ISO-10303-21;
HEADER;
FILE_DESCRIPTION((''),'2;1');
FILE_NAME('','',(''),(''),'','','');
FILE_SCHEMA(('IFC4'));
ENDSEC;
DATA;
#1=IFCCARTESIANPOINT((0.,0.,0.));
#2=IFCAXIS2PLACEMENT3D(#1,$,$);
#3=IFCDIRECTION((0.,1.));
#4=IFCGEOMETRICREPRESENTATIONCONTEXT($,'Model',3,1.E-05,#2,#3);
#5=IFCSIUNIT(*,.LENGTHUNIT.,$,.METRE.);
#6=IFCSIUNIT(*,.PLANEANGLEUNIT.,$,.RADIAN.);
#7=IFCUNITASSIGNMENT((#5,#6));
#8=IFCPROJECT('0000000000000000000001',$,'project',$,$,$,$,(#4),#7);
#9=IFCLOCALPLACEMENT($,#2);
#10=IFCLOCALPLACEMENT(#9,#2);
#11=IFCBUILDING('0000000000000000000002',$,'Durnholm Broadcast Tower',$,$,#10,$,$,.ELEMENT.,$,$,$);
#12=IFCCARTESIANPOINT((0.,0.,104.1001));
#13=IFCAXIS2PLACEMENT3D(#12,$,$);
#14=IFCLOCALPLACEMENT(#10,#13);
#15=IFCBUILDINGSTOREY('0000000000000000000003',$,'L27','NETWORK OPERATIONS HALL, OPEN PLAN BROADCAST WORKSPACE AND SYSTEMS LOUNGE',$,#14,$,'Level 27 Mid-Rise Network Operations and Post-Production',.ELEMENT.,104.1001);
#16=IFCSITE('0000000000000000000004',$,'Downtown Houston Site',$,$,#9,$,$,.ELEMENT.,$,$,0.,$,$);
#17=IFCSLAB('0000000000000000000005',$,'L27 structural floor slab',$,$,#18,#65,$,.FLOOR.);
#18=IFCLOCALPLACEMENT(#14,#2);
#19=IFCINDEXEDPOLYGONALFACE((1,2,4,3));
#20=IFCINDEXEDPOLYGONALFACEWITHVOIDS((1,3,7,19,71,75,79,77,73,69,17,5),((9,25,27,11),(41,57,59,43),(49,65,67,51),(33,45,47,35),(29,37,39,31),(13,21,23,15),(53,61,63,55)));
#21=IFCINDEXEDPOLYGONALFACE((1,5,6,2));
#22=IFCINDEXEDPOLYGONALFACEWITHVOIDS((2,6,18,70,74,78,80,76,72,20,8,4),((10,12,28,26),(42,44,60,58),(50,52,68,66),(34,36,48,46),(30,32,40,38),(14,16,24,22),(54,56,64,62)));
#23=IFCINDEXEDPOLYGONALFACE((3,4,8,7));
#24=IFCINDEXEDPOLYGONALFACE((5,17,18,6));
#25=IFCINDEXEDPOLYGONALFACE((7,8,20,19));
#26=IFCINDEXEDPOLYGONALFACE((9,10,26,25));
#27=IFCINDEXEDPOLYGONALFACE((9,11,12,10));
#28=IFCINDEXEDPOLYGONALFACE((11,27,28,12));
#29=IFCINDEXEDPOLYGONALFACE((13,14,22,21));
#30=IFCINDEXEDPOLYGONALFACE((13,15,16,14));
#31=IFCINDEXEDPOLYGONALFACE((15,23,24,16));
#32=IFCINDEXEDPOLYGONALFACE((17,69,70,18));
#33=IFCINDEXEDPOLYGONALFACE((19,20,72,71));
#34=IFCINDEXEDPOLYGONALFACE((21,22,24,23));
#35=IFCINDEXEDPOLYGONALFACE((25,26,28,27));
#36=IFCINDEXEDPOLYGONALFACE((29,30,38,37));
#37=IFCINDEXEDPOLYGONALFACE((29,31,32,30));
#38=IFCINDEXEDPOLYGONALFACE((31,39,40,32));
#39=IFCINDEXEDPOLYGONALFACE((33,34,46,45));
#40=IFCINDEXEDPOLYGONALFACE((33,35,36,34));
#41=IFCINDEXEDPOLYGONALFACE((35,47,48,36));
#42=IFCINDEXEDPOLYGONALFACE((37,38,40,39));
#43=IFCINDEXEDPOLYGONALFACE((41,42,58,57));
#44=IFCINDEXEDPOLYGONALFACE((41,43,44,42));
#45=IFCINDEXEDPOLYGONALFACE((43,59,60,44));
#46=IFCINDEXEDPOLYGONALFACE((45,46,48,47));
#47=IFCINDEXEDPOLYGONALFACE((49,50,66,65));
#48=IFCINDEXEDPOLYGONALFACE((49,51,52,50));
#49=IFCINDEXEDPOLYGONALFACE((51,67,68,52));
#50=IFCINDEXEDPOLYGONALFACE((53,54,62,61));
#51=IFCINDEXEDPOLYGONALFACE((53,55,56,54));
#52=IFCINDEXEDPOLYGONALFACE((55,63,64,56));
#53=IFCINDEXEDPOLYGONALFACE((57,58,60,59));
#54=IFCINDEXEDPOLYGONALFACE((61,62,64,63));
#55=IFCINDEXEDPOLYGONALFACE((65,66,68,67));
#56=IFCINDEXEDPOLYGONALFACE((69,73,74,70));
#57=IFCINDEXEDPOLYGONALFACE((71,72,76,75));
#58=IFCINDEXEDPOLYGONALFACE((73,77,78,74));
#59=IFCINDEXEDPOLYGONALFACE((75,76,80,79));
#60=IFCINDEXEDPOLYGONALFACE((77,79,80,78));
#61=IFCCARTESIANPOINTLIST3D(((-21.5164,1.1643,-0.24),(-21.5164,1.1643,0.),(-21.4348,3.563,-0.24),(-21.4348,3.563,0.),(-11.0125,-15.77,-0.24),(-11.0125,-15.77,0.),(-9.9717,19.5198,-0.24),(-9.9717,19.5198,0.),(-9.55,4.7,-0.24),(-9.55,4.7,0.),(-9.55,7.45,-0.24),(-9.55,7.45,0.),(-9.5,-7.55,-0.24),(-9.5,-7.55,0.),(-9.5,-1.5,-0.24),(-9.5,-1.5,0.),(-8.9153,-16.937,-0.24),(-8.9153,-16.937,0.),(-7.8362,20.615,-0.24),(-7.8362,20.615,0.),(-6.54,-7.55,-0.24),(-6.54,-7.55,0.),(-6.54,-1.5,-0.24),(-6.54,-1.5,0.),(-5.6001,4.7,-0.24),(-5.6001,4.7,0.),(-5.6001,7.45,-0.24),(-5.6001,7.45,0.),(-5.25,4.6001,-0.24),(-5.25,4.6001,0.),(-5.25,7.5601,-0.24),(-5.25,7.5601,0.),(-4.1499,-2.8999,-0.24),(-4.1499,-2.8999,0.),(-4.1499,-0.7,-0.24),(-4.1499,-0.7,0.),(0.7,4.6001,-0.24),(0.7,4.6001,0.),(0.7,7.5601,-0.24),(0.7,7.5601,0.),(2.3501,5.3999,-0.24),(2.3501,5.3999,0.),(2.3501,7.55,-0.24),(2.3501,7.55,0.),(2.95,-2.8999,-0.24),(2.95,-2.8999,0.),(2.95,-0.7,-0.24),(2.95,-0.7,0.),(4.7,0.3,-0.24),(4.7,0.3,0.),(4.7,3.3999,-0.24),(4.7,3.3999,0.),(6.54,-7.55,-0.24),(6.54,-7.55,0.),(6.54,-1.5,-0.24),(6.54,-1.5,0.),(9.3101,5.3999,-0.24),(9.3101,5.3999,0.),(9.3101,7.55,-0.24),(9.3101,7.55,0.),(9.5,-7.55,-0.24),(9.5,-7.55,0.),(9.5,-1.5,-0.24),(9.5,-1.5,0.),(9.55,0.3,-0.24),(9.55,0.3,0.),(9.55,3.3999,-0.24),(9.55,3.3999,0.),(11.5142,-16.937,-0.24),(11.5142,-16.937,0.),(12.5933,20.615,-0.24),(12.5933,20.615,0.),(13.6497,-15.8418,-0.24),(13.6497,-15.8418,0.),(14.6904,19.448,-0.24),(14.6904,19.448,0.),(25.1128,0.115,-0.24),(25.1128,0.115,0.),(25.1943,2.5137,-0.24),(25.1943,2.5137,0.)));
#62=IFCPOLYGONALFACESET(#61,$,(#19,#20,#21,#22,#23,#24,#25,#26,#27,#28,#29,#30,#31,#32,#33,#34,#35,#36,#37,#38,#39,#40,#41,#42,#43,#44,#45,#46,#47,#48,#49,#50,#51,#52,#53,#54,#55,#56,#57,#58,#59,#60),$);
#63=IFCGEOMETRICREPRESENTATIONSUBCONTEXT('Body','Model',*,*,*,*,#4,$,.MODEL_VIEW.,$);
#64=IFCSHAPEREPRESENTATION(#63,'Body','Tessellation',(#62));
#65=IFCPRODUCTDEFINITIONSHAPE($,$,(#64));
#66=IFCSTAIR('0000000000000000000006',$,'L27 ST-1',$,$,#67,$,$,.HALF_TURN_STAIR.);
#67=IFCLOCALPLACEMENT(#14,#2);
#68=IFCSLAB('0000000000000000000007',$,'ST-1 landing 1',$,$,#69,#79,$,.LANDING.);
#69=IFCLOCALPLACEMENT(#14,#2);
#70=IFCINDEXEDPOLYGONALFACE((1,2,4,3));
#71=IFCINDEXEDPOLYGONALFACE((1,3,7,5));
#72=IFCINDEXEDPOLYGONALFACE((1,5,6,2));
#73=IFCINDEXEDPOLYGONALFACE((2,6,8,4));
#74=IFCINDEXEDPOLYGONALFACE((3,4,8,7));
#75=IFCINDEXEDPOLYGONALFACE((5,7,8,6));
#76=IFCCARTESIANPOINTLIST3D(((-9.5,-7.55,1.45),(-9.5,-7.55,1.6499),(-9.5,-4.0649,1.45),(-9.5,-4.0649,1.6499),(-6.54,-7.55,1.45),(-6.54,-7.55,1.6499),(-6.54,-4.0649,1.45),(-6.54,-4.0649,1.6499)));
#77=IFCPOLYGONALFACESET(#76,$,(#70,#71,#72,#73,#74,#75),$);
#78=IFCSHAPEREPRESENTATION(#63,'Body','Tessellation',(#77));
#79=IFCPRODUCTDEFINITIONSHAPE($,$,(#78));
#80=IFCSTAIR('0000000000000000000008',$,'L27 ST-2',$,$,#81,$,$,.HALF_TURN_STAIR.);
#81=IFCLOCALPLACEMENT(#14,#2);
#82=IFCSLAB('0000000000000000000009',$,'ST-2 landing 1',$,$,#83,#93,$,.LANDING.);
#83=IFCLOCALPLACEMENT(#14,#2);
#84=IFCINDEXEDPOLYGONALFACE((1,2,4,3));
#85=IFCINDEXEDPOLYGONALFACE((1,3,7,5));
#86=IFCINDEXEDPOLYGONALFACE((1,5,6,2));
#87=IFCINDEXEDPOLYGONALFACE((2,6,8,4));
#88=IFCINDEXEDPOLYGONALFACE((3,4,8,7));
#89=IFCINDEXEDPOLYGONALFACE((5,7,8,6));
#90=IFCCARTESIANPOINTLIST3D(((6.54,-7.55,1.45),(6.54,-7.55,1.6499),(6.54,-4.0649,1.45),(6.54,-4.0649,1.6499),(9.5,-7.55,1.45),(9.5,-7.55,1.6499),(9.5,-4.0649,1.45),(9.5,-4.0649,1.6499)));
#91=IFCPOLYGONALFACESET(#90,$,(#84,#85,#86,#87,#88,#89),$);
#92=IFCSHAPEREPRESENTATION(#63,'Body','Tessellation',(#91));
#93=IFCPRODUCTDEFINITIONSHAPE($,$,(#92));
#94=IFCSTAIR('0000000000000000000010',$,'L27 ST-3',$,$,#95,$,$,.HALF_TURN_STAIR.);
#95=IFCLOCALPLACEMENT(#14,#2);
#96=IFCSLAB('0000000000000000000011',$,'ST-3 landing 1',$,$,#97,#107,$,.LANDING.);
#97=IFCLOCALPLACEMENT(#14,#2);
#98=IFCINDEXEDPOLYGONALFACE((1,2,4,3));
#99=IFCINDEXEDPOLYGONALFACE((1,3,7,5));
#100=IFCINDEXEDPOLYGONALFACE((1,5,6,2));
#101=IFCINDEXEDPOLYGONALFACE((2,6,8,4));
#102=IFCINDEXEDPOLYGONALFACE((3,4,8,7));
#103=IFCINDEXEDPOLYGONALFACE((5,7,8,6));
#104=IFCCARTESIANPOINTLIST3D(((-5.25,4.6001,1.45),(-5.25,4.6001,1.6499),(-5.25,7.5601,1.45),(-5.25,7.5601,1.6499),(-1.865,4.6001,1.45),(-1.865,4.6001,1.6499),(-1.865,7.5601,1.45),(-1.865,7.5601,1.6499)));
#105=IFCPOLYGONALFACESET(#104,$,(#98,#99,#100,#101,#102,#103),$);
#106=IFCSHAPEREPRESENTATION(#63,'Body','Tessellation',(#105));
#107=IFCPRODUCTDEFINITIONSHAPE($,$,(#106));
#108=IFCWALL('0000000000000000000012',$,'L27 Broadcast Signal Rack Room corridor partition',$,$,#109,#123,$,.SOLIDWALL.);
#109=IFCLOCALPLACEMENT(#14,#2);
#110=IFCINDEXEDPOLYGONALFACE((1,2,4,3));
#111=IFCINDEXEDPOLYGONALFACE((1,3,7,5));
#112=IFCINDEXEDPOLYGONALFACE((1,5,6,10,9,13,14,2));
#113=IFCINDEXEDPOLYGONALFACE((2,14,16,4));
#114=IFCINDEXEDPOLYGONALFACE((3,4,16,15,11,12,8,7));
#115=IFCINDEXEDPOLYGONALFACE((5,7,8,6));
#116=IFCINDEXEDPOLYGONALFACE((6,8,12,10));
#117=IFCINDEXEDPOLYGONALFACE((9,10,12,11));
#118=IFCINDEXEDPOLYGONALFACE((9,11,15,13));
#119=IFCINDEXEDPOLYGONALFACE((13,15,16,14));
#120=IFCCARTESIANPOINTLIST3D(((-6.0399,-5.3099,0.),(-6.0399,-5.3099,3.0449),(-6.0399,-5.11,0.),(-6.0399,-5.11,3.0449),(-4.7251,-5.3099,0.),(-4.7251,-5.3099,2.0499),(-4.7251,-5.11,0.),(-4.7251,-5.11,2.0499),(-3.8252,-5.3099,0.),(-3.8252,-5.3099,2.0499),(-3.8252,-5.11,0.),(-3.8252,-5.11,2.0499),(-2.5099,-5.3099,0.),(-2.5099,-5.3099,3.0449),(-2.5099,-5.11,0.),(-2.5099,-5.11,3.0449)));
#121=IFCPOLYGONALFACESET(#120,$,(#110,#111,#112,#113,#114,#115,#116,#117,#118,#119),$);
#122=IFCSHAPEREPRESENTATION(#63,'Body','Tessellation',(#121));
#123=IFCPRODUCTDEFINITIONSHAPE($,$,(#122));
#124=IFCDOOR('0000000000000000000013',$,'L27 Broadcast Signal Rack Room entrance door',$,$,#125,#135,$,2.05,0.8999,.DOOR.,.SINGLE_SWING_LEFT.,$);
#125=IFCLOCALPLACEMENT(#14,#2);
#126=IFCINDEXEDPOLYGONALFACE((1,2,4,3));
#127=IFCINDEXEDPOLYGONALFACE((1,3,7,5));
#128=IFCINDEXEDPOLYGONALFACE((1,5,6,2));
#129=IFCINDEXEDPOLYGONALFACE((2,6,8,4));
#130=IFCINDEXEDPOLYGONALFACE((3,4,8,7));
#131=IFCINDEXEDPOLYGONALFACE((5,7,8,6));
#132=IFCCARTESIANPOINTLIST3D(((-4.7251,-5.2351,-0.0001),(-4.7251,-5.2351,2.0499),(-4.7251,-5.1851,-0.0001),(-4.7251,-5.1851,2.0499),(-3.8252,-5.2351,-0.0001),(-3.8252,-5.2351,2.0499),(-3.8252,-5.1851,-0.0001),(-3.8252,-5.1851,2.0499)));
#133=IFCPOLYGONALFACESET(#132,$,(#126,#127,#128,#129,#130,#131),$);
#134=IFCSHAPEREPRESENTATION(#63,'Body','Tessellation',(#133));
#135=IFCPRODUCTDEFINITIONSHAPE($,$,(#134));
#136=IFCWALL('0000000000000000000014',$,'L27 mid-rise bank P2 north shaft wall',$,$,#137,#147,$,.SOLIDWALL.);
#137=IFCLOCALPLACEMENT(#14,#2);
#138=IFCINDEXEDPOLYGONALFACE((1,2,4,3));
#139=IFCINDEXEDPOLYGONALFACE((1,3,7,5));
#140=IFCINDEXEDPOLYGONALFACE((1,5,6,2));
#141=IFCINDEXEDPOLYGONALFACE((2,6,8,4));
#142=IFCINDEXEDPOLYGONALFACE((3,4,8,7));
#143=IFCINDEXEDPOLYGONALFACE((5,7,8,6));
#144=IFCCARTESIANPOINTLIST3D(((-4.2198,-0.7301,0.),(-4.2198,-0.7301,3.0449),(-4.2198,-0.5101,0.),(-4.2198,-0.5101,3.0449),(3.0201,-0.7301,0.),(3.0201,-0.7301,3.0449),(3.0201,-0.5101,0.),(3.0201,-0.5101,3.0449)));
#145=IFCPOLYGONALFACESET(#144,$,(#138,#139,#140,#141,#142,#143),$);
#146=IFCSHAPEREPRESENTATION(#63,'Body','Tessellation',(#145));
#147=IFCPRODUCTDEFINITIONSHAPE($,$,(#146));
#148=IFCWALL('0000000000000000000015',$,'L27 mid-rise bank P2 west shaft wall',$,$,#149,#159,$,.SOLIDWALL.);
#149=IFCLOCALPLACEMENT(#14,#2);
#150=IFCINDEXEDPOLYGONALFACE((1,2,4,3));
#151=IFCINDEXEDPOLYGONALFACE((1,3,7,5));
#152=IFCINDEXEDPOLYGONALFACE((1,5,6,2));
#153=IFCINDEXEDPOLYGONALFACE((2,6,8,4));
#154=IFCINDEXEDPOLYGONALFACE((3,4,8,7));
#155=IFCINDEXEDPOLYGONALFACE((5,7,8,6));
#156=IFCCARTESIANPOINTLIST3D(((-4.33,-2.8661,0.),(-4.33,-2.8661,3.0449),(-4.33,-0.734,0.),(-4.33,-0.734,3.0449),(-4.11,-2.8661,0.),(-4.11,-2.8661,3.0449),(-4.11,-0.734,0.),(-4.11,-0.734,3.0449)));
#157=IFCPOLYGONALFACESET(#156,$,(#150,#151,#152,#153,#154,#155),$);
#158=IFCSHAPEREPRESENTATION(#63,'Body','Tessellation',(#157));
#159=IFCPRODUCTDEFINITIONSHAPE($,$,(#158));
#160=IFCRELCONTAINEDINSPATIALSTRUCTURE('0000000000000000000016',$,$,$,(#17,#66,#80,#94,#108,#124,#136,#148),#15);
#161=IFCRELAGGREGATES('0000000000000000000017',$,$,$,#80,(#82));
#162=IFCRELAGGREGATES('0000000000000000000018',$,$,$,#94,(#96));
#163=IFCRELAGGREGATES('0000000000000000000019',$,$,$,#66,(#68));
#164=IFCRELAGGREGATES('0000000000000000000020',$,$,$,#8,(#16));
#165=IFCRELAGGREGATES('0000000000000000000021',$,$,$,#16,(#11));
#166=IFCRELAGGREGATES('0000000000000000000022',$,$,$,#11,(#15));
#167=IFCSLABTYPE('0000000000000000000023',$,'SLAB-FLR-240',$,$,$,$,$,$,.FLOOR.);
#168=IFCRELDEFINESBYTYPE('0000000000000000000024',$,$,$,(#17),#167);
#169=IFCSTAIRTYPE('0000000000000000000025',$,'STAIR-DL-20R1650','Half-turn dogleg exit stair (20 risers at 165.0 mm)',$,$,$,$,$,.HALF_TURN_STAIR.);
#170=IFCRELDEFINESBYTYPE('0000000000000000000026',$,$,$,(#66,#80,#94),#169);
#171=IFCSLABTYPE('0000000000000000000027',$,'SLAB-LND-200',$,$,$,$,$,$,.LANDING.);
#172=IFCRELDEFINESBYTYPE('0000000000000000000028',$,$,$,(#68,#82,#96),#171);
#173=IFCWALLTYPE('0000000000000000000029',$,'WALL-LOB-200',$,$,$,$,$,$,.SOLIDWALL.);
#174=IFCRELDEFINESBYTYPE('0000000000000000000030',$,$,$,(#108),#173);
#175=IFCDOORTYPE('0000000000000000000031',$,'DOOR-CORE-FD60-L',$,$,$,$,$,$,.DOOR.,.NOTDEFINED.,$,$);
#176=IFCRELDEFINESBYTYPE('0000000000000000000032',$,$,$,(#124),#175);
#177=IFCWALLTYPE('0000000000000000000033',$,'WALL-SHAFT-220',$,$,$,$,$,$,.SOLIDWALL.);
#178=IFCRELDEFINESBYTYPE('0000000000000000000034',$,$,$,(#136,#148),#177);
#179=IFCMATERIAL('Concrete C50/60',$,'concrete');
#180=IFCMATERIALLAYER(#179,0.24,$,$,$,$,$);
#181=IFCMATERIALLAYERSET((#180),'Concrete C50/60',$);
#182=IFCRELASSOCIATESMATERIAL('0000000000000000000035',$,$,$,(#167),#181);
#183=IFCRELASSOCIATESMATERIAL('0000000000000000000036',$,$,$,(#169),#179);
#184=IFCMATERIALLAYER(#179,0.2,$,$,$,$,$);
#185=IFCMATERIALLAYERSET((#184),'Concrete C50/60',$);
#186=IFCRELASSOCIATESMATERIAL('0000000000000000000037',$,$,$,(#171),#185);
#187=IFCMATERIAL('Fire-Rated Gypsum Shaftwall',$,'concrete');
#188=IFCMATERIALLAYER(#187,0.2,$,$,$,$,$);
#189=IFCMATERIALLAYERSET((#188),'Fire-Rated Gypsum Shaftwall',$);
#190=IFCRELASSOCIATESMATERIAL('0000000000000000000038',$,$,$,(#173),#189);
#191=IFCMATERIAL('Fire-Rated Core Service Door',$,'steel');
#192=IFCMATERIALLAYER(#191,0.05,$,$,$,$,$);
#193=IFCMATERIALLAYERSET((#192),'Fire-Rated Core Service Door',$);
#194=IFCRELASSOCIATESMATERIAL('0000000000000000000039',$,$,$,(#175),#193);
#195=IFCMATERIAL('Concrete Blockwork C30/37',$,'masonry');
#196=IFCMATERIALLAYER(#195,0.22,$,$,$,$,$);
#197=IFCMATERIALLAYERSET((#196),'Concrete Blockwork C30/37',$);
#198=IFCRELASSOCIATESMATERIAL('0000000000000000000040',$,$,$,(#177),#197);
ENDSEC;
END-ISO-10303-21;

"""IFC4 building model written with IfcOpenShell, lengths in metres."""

from ifc_helpers import new_model, si_unit, direction, frame, frame_2d, origin, place, context, subcontext, project, spatial, polyline, rectangle, outline, extrude, source, transform, mapped, material, layer, layer_set, type_object, type_shapes, element, fill, aggregate, save


model = new_model("IFC4")

# Units and contexts
model_context = context("Model", 3, precision=1e-05, world=origin(), true_north=direction((0.0, 1.0)))
body_context = subcontext(model_context, "Body", "Model", "MODEL_VIEW")
ifc_project = project(units=[si_unit("LENGTHUNIT", "METRE"), si_unit("PLANEANGLEUNIT", "RADIAN")], contexts=[model_context])

# Site, building, storey
site_placement = place(None, origin())
site = spatial("IfcSite", under=ifc_project, at=site_placement, Name="Downtown Houston Site", CompositionType="ELEMENT", RefElevation=0.0)
building_placement = place(site_placement, origin())
building = spatial("IfcBuilding", under=site, at=building_placement, Name="Durnholm Broadcast Tower", CompositionType="ELEMENT")
storey_placement = place(building_placement, frame((0.0, 0.0, 104.1001)))
storey = spatial("IfcBuildingStorey", under=building, at=storey_placement, Name="L27", Description="NETWORK OPERATIONS HALL, OPEN PLAN BROADCAST WORKSPACE AND SYSTEMS LOUNGE", LongName="Level 27 Mid-Rise Network Operations and Post-Production", CompositionType="ELEMENT", Elevation=104.1001)

# Slab
ifc_material_1 = material(Name="Concrete C50/60", Category="concrete")
ifc_layer_1 = layer(ifc_material_1, 0.24)
ifc_layer_set_1 = layer_set([ifc_layer_1], Name="Concrete C50/60")
slab_type_1 = type_object("IfcSlabType", Name="SLAB-FLR-240", PredefinedType="FLOOR", material=ifc_layer_set_1)
slab_1_placement = place(storey_placement, frame((0.0, 0.0, -0.24)))
element("IfcSlab", 1, at=slab_1_placement, inside=storey, type_object=slab_type_1, Name="L27 structural floor slab", PredefinedType="FLOOR", context=body_context, shape_type="SweptSolid", body=[
    extrude(outline(polyline([(-11.0125, -15.77), (-8.9153, -16.937), (11.5142, -16.937), (13.6497, -15.8418), (25.1128, 0.115), (25.1943, 2.5137), (14.6904, 19.448), (12.5933, 20.615), (-7.8362, 20.615), (-9.9717, 19.5198), (-21.4348, 3.563), (-21.5164, 1.1643), (-11.0125, -15.77)]), holes=[polyline([(-6.54, -1.5), (-9.5, -1.5), (-9.5, -7.55), (-6.54, -7.55), (-6.54, -1.5)]), polyline([(9.5, -7.55), (9.5, -1.5), (6.54, -1.5), (6.54, -7.55), (9.5, -7.55)]), polyline([(2.95, -0.7), (-4.1499, -0.7), (-4.1499, -2.8999), (2.95, -2.8999), (2.95, -0.7)]), polyline([(9.55, 3.3999), (4.7, 3.3999), (4.7, 0.3), (9.55, 0.3), (9.55, 3.3999)]), polyline([(-5.6001, 7.45), (-9.55, 7.45), (-9.55, 4.7), (-5.6001, 4.7), (-5.6001, 7.45)]), polyline([(-5.25, 4.6001), (0.7, 4.6001), (0.7, 7.5601), (-5.25, 7.5601), (-5.25, 4.6001)]), polyline([(9.3101, 7.55), (2.3501, 7.55), (2.3501, 5.3999), (9.3101, 5.3999), (9.3101, 7.55)])]), origin(), (0.0, 0.0, 1.0), 0.24),
])

# Stairs, slabs
stair_type = type_object("IfcStairType", Name="STAIR-DL-20R1650", Description="Half-turn dogleg exit stair (20 risers at 165.0 mm)", PredefinedType="HALF_TURN_STAIR", material=ifc_material_1)
stair_1_placement = place(storey_placement, origin())
stair_1 = element("IfcStair", 2, at=stair_1_placement, inside=storey, type_object=stair_type, Name="L27 ST-1", PredefinedType="HALF_TURN_STAIR")
ifc_layer_2 = layer(ifc_material_1, 0.2)
ifc_layer_set_2 = layer_set([ifc_layer_2], Name="Concrete C50/60")
slab_type_2 = type_object("IfcSlabType", Name="SLAB-LND-200", PredefinedType="LANDING", material=ifc_layer_set_2)
slab_2_placement = place(storey_placement, frame((0.0, 0.0, 1.45)))
slab_2 = element("IfcSlab", 3, at=slab_2_placement, type_object=slab_type_2, Name="ST-1 landing 1", PredefinedType="LANDING", context=body_context, shape_type="SweptSolid", body=[
    extrude(outline(polyline([(-9.5, -4.0649), (-9.5, -7.55), (-6.54, -7.55), (-6.54, -4.0649), (-9.5, -4.0649)])), origin(), (0.0, 0.0, 1.0), 0.2),
])
stair_2_placement = place(storey_placement, origin())
stair_2 = element("IfcStair", 4, at=stair_2_placement, inside=storey, type_object=stair_type, Name="L27 ST-2", PredefinedType="HALF_TURN_STAIR")
slab_3_placement = place(storey_placement, frame((0.0, 0.0, 1.45)))
slab_3 = element("IfcSlab", 5, at=slab_3_placement, type_object=slab_type_2, Name="ST-2 landing 1", PredefinedType="LANDING", context=body_context, shape_type="SweptSolid", body=[
    extrude(outline(polyline([(6.54, -4.0649), (6.54, -7.55), (9.5, -7.55), (9.5, -4.0649), (6.54, -4.0649)])), origin(), (0.0, 0.0, 1.0), 0.2),
])
aggregate(stair_2, [slab_3])
stair_3_placement = place(storey_placement, origin())
stair_3 = element("IfcStair", 6, at=stair_3_placement, inside=storey, type_object=stair_type, Name="L27 ST-3", PredefinedType="HALF_TURN_STAIR")
slab_4_placement = place(storey_placement, frame((0.0, 0.0, 1.45)))
slab_4 = element("IfcSlab", 7, at=slab_4_placement, type_object=slab_type_2, Name="ST-3 landing 1", PredefinedType="LANDING", context=body_context, shape_type="SweptSolid", body=[
    extrude(outline(polyline([(-1.865, 7.5601), (-5.25, 7.5601), (-5.25, 4.6001), (-1.865, 4.6001), (-1.865, 7.5601)])), origin(), (0.0, 0.0, 1.0), 0.2),
])
aggregate(stair_3, [slab_4])

# Wall, opening, door
ifc_material_2 = material(Name="Fire-Rated Gypsum Shaftwall", Category="concrete")
ifc_layer_3 = layer(ifc_material_2, 0.2)
ifc_layer_set_3 = layer_set([ifc_layer_3], Name="Fire-Rated Gypsum Shaftwall")
wall_type_1 = type_object("IfcWallType", Name="WALL-LOB-200", PredefinedType="SOLIDWALL", material=ifc_layer_set_3)
wall_1_placement = place(storey_placement, frame((-6.04, -5.21, 0.0), z_axis=(0.0, 0.0, 1.0), x_axis=(1.0, 0.0, 0.0)))
wall_1 = element("IfcWall", 8, at=wall_1_placement, inside=storey, type_object=wall_type_1, Name="L27 Broadcast Signal Rack Room corridor partition", PredefinedType="SOLIDWALL", context=body_context, shape_type="SweptSolid", body=[
    extrude(rectangle(XDim=3.53, YDim=0.2, at=frame_2d((1.7651, 0.0))), origin(), (0.0, 0.0, 1.0), 3.0449),
])
opening_1_placement = place(wall_1_placement, frame((1.3149, 0.0, 0.0)))
opening_1 = element("IfcOpeningElement", 9, at=opening_1_placement, cuts=wall_1, PredefinedType="OPENING", context=body_context, shape_type="SweptSolid", body=[
    extrude(rectangle(XDim=0.8999, YDim=2.05, at=frame_2d((0.45, 1.0249))), frame((0.0, 0.1099, 0.0), z_axis=(0.0, -1.0, 0.0), x_axis=(1.0, 0.0, 0.0)), (0.0, 0.0, 1.0), 0.22),
])
ifc_material_3 = material(Name="Fire-Rated Core Service Door", Category="steel")
ifc_layer_4 = layer(ifc_material_3, 0.05)
ifc_layer_set_4 = layer_set([ifc_layer_4], Name="Fire-Rated Core Service Door")
door_type_1 = type_object("IfcDoorType", Name="DOOR-CORE-FD60-L", OperationType="NOTDEFINED", PredefinedType="DOOR", material=ifc_layer_set_4)
shared_shape_1 = source(origin(), body_context, "Body", "SweptSolid", [
    extrude(rectangle(XDim=0.8999, YDim=2.05, at=frame_2d((0.45, 1.0249))), frame((0.0, 0.0249, 0.0), z_axis=(0.0, -1.0, 0.0), x_axis=(1.0, 0.0, 0.0)), (0.0, 0.0, 1.0), 0.05),
])
type_shapes(door_type_1, [shared_shape_1])
door_1_placement = place(opening_1_placement, origin())
door_1 = element("IfcDoor", 10, at=door_1_placement, inside=storey, type_object=door_type_1, Name="L27 Broadcast Signal Rack Room entrance door", OperationType="SINGLE_SWING_LEFT", OverallHeight=2.05, OverallWidth=0.8999, PredefinedType="DOOR", context=body_context, shape_type="MappedRepresentation", body=[
    mapped(shared_shape_1, transform((0.0, 0.0, 0.0), x_axis=(1.0, 0.0, 0.0), y_axis=(0.0, 1.0, 0.0), z_axis=(0.0, 0.0, 1.0), scale=1.0)),
])
fill(opening_1, door_1)

# Shared definitions
ifc_material_4 = material(Name="Concrete Blockwork C30/37", Category="masonry")
ifc_layer_5 = layer(ifc_material_4, 0.22)
ifc_layer_set_5 = layer_set([ifc_layer_5], Name="Concrete Blockwork C30/37")
wall_type_2 = type_object("IfcWallType", Name="WALL-SHAFT-220", PredefinedType="SOLIDWALL", material=ifc_layer_set_5)

# Walls
wall_2_placement = place(storey_placement, frame((-4.22, -0.6201, 0.0), z_axis=(0.0, 0.0, 1.0), x_axis=(1.0, 0.0, 0.0)))
element("IfcWall", 11, at=wall_2_placement, inside=storey, type_object=wall_type_2, Name="L27 mid-rise bank P2 north shaft wall", PredefinedType="SOLIDWALL", context=body_context, shape_type="SweptSolid", body=[
    extrude(rectangle(XDim=7.24, YDim=0.22, at=frame_2d((3.6201, 0.0))), origin(), (0.0, 0.0, 1.0), 3.0449),
])
wall_3_placement = place(storey_placement, frame((-4.22, -2.866, 0.0), z_axis=(0.0, 0.0, 1.0), x_axis=(0.0, 1.0, 0.0)))
element("IfcWall", 12, at=wall_3_placement, inside=storey, type_object=wall_type_2, Name="L27 mid-rise bank P2 west shaft wall", PredefinedType="SOLIDWALL", context=body_context, shape_type="SweptSolid", body=[
    extrude(rectangle(XDim=2.1321, YDim=0.22, at=frame_2d((1.0659, 0.0))), origin(), (0.0, 0.0, 1.0), 3.0449),
])

aggregate(stair_1, [slab_2])

save(model, "model.ifc")
